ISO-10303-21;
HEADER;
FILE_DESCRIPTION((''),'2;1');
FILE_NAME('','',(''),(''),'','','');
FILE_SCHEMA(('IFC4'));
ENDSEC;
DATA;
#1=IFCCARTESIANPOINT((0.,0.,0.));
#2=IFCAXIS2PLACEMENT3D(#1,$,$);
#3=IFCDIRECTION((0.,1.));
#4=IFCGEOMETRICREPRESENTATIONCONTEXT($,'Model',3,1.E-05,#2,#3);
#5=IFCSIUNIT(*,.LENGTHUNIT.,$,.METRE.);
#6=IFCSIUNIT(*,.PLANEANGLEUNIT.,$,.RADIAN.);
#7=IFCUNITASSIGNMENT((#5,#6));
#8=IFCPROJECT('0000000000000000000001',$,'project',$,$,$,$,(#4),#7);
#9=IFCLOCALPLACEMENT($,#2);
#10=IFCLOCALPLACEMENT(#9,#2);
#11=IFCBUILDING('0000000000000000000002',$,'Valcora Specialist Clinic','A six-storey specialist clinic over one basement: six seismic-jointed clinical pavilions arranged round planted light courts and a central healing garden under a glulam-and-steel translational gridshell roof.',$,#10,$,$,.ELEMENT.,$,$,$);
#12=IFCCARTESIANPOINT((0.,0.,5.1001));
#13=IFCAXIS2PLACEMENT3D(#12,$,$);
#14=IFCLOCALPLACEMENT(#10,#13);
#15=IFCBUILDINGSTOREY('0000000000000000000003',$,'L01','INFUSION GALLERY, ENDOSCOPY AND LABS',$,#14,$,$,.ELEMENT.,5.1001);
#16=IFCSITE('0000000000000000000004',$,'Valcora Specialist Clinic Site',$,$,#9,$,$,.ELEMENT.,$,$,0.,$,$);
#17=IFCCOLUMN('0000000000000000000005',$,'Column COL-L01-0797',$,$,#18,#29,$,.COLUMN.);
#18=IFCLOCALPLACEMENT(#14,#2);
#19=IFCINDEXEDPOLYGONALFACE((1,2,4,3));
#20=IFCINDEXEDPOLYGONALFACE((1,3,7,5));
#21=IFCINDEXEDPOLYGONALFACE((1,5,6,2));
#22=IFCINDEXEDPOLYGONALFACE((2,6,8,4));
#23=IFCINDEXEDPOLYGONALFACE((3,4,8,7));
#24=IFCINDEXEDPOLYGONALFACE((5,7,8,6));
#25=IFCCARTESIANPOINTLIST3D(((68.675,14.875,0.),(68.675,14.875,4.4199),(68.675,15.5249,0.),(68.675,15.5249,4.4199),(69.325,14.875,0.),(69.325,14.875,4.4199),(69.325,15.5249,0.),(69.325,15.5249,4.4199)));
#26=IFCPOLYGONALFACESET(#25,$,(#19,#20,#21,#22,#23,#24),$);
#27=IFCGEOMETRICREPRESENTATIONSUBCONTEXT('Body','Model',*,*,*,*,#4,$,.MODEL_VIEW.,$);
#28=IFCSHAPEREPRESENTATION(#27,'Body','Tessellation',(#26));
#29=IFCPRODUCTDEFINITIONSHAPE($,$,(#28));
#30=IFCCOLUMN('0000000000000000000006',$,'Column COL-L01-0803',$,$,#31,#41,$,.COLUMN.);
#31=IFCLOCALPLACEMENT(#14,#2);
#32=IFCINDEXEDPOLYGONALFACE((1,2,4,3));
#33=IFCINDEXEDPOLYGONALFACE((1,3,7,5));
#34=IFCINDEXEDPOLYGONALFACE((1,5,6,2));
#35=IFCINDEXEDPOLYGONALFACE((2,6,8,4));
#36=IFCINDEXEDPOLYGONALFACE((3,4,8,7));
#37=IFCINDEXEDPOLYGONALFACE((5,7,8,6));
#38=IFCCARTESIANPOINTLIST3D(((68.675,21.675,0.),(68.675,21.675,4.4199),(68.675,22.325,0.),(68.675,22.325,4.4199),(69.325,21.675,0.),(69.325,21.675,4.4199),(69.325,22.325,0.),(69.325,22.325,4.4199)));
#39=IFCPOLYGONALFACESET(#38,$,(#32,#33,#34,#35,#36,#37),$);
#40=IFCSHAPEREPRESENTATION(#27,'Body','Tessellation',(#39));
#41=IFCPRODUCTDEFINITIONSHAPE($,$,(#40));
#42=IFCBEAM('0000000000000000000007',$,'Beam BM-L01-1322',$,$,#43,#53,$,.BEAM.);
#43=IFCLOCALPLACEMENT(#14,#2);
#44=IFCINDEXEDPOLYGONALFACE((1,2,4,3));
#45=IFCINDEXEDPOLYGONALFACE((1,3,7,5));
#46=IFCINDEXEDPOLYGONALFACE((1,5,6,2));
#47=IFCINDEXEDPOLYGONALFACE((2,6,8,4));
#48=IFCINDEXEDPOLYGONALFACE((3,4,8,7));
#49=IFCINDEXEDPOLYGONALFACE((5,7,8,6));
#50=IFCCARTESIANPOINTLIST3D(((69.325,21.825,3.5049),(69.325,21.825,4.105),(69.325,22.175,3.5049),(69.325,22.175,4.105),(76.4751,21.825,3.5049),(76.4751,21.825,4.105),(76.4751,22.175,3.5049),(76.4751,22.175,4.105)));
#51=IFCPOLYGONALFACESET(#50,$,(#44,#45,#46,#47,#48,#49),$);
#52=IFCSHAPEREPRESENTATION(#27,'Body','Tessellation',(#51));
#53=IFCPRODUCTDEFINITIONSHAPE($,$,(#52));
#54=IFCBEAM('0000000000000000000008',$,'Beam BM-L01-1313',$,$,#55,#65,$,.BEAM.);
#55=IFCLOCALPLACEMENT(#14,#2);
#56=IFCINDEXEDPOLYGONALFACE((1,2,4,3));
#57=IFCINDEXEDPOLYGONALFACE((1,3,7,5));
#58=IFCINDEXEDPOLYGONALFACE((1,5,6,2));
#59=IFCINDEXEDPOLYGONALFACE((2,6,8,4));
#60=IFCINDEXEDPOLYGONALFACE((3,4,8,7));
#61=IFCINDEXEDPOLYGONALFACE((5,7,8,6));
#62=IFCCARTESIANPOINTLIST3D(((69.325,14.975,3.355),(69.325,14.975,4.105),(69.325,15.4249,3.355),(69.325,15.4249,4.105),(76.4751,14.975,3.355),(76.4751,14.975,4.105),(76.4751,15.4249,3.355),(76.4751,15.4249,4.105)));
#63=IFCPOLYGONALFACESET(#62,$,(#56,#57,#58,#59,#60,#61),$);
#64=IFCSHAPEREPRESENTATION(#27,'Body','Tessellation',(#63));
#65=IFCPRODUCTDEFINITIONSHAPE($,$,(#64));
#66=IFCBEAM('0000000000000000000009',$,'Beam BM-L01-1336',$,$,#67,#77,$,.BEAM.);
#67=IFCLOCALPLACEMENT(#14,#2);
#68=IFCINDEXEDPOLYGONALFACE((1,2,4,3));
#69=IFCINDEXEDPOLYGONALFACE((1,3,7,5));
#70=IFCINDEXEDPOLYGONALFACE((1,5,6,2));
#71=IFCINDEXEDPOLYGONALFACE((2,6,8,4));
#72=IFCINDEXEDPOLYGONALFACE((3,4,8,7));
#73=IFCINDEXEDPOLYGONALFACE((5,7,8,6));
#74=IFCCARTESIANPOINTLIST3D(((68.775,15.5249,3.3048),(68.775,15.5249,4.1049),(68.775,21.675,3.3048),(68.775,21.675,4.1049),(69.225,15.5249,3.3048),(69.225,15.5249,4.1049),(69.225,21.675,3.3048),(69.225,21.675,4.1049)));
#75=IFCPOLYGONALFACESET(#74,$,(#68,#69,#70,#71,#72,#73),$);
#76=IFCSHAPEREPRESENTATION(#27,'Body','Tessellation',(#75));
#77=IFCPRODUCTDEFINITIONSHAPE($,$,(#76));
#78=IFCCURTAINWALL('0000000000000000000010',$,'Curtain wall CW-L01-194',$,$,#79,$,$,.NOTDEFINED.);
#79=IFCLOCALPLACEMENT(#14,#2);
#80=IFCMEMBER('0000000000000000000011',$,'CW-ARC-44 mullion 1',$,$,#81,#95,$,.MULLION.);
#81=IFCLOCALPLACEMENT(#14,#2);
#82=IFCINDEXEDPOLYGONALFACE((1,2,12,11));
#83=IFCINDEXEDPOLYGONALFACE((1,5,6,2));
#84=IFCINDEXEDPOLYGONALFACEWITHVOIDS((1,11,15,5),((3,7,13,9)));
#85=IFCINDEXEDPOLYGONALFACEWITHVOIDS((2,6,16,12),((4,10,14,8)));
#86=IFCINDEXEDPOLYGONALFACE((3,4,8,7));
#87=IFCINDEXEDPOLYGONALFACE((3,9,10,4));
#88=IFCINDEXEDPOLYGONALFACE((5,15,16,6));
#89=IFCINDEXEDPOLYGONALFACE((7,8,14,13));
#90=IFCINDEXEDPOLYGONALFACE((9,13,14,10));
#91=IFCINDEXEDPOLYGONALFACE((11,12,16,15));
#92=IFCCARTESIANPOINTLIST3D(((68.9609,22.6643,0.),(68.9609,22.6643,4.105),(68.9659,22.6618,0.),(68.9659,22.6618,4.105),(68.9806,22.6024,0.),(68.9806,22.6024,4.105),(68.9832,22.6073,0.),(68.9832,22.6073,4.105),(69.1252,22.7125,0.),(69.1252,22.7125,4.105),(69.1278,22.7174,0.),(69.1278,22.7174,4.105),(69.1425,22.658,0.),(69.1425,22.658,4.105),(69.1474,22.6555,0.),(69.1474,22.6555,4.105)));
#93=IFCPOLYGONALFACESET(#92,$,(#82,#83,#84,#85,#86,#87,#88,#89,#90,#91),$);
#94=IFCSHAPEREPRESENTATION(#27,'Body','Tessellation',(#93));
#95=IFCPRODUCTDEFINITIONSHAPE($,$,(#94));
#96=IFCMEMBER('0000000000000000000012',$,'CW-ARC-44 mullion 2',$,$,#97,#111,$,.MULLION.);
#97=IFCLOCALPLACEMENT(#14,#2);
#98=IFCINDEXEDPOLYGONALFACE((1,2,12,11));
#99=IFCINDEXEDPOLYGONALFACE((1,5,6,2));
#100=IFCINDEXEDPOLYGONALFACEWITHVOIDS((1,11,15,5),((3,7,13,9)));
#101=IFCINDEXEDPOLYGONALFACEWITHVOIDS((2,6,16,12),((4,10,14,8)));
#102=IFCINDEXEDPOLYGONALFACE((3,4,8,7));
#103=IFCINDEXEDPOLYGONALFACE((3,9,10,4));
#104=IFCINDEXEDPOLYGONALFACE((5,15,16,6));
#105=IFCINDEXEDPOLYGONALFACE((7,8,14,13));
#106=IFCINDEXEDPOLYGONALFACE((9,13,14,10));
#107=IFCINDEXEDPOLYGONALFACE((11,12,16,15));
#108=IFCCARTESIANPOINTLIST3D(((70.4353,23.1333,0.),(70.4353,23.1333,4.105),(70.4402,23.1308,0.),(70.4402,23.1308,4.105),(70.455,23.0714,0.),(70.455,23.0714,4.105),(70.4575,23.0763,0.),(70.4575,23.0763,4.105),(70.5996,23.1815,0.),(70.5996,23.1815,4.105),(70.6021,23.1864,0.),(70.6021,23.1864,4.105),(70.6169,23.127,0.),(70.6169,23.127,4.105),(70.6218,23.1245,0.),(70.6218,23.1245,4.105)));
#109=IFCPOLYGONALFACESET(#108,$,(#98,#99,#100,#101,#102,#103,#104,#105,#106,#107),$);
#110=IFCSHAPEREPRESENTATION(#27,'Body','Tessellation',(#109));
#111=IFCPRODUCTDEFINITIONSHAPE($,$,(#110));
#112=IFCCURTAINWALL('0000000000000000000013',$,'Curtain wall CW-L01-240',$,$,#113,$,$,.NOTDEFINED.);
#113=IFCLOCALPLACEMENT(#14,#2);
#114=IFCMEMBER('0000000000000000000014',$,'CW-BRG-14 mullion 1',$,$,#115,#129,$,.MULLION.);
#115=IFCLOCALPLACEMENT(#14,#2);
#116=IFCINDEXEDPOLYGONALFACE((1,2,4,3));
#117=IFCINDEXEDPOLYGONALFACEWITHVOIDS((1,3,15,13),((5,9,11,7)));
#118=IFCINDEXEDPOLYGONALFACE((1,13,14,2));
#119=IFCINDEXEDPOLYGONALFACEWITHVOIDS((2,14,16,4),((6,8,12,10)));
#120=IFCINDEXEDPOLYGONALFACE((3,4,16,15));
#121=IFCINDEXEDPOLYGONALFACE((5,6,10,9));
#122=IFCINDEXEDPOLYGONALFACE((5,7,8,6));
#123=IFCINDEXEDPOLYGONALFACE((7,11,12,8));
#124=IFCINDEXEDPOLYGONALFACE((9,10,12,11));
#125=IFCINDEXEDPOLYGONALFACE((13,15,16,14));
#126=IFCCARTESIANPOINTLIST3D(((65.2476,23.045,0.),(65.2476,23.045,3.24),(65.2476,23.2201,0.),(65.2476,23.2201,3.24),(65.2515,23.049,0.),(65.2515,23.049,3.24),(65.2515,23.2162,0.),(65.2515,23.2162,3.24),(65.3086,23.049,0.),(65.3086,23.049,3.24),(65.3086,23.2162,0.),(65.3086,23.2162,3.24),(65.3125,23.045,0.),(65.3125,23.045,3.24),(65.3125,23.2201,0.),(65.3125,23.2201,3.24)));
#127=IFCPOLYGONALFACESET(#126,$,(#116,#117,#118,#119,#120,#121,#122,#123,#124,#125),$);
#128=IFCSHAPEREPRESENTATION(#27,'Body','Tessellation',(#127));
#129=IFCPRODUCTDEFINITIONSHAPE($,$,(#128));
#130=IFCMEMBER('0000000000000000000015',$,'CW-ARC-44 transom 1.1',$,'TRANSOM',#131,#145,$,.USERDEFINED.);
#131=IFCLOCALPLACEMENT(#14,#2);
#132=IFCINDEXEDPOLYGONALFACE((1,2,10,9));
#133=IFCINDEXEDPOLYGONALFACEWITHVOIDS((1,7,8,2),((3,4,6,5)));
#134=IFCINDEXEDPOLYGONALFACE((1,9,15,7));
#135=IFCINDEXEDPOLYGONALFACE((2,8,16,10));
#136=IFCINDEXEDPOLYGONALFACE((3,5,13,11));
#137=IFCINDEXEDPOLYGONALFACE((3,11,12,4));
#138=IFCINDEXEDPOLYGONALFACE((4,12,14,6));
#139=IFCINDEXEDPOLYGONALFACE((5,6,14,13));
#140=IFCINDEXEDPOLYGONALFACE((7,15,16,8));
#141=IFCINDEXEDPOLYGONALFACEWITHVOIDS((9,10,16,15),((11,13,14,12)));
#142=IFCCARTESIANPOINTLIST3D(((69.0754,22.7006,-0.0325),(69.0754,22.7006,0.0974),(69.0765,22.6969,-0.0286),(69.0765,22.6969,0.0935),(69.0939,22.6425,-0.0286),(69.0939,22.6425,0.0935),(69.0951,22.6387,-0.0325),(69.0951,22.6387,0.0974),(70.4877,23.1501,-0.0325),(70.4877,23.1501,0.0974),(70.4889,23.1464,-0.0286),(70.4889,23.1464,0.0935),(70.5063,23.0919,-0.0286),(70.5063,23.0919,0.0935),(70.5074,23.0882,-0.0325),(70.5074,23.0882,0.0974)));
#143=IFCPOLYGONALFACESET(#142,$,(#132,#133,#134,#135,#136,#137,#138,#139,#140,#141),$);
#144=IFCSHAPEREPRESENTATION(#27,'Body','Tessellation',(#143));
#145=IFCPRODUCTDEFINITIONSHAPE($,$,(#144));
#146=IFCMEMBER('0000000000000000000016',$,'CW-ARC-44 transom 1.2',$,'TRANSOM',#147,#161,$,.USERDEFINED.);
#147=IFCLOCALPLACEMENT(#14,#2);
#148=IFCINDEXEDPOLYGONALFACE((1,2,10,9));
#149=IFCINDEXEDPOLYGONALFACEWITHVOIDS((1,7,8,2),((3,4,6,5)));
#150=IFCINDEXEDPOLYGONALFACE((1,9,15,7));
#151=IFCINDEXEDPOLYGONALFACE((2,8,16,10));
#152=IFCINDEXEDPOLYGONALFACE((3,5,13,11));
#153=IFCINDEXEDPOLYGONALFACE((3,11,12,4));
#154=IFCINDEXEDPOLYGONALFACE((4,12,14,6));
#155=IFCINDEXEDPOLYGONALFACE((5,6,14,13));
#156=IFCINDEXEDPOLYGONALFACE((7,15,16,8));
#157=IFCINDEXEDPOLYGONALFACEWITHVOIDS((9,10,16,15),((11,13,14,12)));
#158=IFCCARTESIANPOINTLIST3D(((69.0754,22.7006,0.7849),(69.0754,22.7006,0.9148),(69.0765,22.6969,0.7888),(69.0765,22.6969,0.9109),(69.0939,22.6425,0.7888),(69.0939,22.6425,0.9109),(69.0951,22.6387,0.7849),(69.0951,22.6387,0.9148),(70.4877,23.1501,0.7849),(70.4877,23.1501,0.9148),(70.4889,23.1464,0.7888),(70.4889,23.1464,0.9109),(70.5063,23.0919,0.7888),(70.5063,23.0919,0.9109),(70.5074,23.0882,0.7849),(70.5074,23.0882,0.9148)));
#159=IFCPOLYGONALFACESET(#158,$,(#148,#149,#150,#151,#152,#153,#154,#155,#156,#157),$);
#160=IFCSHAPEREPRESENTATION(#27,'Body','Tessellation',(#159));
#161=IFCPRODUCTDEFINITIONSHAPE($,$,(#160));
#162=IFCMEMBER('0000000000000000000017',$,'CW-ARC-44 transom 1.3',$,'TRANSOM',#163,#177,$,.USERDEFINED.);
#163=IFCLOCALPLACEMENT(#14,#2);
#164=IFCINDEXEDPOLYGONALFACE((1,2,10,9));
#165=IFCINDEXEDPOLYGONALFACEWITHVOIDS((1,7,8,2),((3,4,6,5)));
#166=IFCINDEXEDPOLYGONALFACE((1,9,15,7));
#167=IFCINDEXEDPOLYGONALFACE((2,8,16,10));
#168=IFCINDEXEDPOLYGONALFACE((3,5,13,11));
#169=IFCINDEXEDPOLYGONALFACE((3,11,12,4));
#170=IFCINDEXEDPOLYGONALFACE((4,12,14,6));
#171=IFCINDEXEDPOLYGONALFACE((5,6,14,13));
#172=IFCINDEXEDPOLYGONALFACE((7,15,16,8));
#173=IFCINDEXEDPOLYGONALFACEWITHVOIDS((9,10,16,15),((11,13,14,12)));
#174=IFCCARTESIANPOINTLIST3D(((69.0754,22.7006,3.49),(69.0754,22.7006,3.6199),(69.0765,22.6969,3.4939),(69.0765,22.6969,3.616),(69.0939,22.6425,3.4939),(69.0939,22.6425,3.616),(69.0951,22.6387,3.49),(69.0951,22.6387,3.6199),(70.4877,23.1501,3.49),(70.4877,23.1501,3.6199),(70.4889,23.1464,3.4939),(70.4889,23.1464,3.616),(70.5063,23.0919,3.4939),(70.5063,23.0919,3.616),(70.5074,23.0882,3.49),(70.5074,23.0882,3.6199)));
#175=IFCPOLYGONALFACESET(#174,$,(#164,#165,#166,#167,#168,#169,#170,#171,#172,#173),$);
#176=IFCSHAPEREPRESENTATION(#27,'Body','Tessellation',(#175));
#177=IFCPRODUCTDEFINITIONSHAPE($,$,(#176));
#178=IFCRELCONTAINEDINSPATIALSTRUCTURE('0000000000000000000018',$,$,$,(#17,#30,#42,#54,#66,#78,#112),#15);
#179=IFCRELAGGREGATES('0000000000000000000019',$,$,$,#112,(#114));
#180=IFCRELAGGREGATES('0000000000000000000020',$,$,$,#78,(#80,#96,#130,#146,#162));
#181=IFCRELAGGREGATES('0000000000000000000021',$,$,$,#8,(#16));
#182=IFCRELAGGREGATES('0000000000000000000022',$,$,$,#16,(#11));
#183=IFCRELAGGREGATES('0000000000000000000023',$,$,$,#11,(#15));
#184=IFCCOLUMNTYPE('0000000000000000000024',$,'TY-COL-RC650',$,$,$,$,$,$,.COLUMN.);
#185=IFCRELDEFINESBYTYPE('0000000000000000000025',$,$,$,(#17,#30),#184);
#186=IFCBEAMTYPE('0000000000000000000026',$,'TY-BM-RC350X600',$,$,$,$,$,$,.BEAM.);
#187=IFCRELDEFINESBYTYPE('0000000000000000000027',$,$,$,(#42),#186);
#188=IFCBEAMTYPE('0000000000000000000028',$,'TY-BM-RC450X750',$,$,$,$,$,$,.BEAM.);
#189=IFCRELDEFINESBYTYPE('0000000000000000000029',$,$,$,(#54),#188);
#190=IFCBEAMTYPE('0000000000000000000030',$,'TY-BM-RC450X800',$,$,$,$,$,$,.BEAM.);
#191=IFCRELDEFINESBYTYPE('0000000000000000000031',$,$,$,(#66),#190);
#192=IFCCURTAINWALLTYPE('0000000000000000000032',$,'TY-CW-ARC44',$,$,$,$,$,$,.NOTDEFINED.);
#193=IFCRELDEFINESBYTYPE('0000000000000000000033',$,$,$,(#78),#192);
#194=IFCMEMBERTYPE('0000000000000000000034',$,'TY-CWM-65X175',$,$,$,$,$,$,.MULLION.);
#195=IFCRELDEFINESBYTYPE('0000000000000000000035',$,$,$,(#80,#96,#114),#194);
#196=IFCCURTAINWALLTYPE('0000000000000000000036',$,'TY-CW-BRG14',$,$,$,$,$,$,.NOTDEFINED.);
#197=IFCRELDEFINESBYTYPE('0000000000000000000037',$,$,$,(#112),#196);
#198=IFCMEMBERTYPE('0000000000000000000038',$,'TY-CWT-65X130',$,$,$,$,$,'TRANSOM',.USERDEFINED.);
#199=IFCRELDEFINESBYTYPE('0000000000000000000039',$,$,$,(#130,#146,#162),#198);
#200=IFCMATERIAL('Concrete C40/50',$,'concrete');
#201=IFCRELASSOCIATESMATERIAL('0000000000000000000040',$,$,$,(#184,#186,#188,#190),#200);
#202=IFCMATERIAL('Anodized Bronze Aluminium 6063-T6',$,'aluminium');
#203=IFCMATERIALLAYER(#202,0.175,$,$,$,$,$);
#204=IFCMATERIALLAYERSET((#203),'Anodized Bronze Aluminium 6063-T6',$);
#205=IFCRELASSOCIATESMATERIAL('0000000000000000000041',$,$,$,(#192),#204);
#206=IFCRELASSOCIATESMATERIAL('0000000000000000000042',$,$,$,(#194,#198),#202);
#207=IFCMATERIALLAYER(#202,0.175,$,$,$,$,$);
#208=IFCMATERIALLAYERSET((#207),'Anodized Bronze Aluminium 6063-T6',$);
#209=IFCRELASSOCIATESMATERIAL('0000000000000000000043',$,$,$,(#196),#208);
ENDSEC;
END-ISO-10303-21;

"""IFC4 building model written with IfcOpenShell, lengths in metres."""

from ifc_helpers import new_model, si_unit, direction, frame, origin, origin_2d, place, context, subcontext, project, spatial, rectangle, hollow_rectangle, extrude, material, layer, layer_set, material_profile, profile_set, type_object, element, aggregate, save


model = new_model("IFC4")

# Units and contexts
model_context = context("Model", 3, precision=1e-05, world=origin(), true_north=direction((0.0, 1.0)))
body_context = subcontext(model_context, "Body", "Model", "MODEL_VIEW")
ifc_project = project(units=[si_unit("LENGTHUNIT", "METRE"), si_unit("PLANEANGLEUNIT", "RADIAN")], contexts=[model_context])

# Site, building, storey
site_placement = place(None, origin())
site = spatial("IfcSite", under=ifc_project, at=site_placement, Name="Valcora Specialist Clinic Site", CompositionType="ELEMENT", RefElevation=0.0)
building_placement = place(site_placement, origin())
building = spatial("IfcBuilding", under=site, at=building_placement, Name="Valcora Specialist Clinic", Description="A six-storey specialist clinic over one basement: six seismic-jointed clinical pavilions arranged round planted light courts and a central healing garden under a glulam-and-steel translational gridshell roof.", CompositionType="ELEMENT")
storey_placement = place(building_placement, frame((0.0, 0.0, 5.1001)))
storey = spatial("IfcBuildingStorey", under=building, at=storey_placement, Name="L01", Description="INFUSION GALLERY, ENDOSCOPY AND LABS", CompositionType="ELEMENT", Elevation=5.1001)

# Columns
ifc_material_1 = material(Name="Concrete C40/50", Category="concrete")
ifc_material_profile_1 = material_profile(ifc_material_1, rectangle(XDim=0.6499, YDim=0.6499, at=origin_2d()), Name="RC-COL-650X650")
ifc_profile_set_1 = profile_set([ifc_material_profile_1], Name="Concrete C40/50")
column_type = type_object("IfcColumnType", Name="TY-COL-RC650", PredefinedType="COLUMN", material=ifc_profile_set_1)
for number, where, z_axis, x_axis, name in (
    (1, (69.0, 15.2, 0.0), (0.0, 0.0, 1.0), (1.0, 0.0, 0.0), "Column COL-L01-0797"),
    (2, (69.0, 22.0, 0.0), (0.0, 0.0, 1.0), (1.0, 0.0, 0.0), "Column COL-L01-0803"),
):
    element("IfcColumn", number, at=place(storey_placement, frame(where, z_axis=z_axis, x_axis=x_axis)), inside=storey, type_object=column_type, Name=name, PredefinedType="COLUMN", context=body_context, shape_type="SweptSolid", body=[
        extrude(rectangle(XDim=0.6499, YDim=0.6499, at=origin_2d()), origin(), (0.0, 0.0, 1.0), 4.4199),
    ])

# Beams
ifc_material_profile_2 = material_profile(ifc_material_1, rectangle(XDim=0.3501, YDim=0.6001, at=origin_2d()), Name="RC-BM-350X600")
ifc_profile_set_2 = profile_set([ifc_material_profile_2], Name="Concrete C40/50")
beam_type_1 = type_object("IfcBeamType", Name="TY-BM-RC350X600", PredefinedType="BEAM", material=ifc_profile_set_2)
beam_1_placement = place(storey_placement, frame((69.325, 22.0, 3.8049), z_axis=(1.0, 0.0, 0.0), x_axis=(0.0, 1.0, 0.0)))
element("IfcBeam", 3, at=beam_1_placement, inside=storey, type_object=beam_type_1, Name="Beam BM-L01-1322", PredefinedType="BEAM", context=body_context, shape_type="SweptSolid", body=[
    extrude(rectangle(XDim=0.3501, YDim=0.6001, at=origin_2d()), origin(), (0.0, 0.0, 1.0), 7.1501),
])
ifc_material_profile_3 = material_profile(ifc_material_1, rectangle(XDim=0.45, YDim=0.75, at=origin_2d()), Name="RC-BM-450X750")
ifc_profile_set_3 = profile_set([ifc_material_profile_3], Name="Concrete C40/50")
beam_type_2 = type_object("IfcBeamType", Name="TY-BM-RC450X750", PredefinedType="BEAM", material=ifc_profile_set_3)
beam_2_placement = place(storey_placement, frame((69.325, 15.2, 3.73), z_axis=(1.0, 0.0, 0.0), x_axis=(0.0, 1.0, 0.0)))
element("IfcBeam", 4, at=beam_2_placement, inside=storey, type_object=beam_type_2, Name="Beam BM-L01-1313", PredefinedType="BEAM", context=body_context, shape_type="SweptSolid", body=[
    extrude(rectangle(XDim=0.45, YDim=0.75, at=origin_2d()), origin(), (0.0, 0.0, 1.0), 7.1501),
])
ifc_material_profile_4 = material_profile(ifc_material_1, rectangle(XDim=0.45, YDim=0.8, at=origin_2d()), Name="RC-BM-450X800")
ifc_profile_set_4 = profile_set([ifc_material_profile_4], Name="Concrete C40/50")
beam_type_3 = type_object("IfcBeamType", Name="TY-BM-RC450X800", PredefinedType="BEAM", material=ifc_profile_set_4)
beam_3_placement = place(storey_placement, frame((69.0, 15.5249, 3.7048), z_axis=(0.0, 1.0, 0.0), x_axis=(-1.0, 0.0, 0.0)))
element("IfcBeam", 5, at=beam_3_placement, inside=storey, type_object=beam_type_3, Name="Beam BM-L01-1336", PredefinedType="BEAM", context=body_context, shape_type="SweptSolid", body=[
    extrude(rectangle(XDim=0.45, YDim=0.8, at=origin_2d()), origin(), (0.0, 0.0, 1.0), 6.1501),
])

# Curtain wall, members
ifc_material_2 = material(Name="Anodized Bronze Aluminium 6063-T6", Category="aluminium")
ifc_layer_1 = layer(ifc_material_2, 0.175)
ifc_layer_set_1 = layer_set([ifc_layer_1], Name="Anodized Bronze Aluminium 6063-T6")
curtain_wall_type_1 = type_object("IfcCurtainWallType", Name="TY-CW-ARC44", PredefinedType="NOTDEFINED", material=ifc_layer_set_1)
curtain_wall_1_placement = place(storey_placement, origin())
curtain_wall_1 = element("IfcCurtainWall", 6, at=curtain_wall_1_placement, inside=storey, type_object=curtain_wall_type_1, Name="Curtain wall CW-L01-194", PredefinedType="NOTDEFINED")
ifc_material_profile_5 = material_profile(ifc_material_2, hollow_rectangle(XDim=0.0649, YDim=0.175, WallThickness=0.0039, at=origin_2d()), Name="AL-MUL-65X175")
ifc_profile_set_5 = profile_set([ifc_material_profile_5], Name="Anodized Bronze Aluminium 6063-T6")
member_type_1 = type_object("IfcMemberType", Name="TY-CWM-65X175", PredefinedType="MULLION", material=ifc_profile_set_5)
member_1_placement = place(storey_placement, frame((69.0542, 22.6599, 0.0), z_axis=(0.0, 0.0, 1.0), x_axis=(-0.303233, 0.952916, 0.0)))
member_1 = element("IfcMember", 7, at=member_1_placement, type_object=member_type_1, Name="CW-ARC-44 mullion 1", PredefinedType="MULLION", context=body_context, shape_type="SweptSolid", body=[
    extrude(hollow_rectangle(XDim=0.0649, YDim=0.175, WallThickness=0.0039, at=origin_2d()), origin(), (0.0, 0.0, 1.0), 4.105),
])
member_2_placement = place(storey_placement, frame((70.5286, 23.1289, 0.0), z_axis=(0.0, 0.0, 1.0), x_axis=(-0.303233, 0.952916, 0.0)))
member_2 = element("IfcMember", 8, at=member_2_placement, type_object=member_type_1, Name="CW-ARC-44 mullion 2", PredefinedType="MULLION", context=body_context, shape_type="SweptSolid", body=[
    extrude(hollow_rectangle(XDim=0.0649, YDim=0.175, WallThickness=0.0039, at=origin_2d()), origin(), (0.0, 0.0, 1.0), 4.105),
])

# Curtain wall, member
ifc_layer_2 = layer(ifc_material_2, 0.175)
ifc_layer_set_2 = layer_set([ifc_layer_2], Name="Anodized Bronze Aluminium 6063-T6")
curtain_wall_type_2 = type_object("IfcCurtainWallType", Name="TY-CW-BRG14", PredefinedType="NOTDEFINED", material=ifc_layer_set_2)
curtain_wall_2_placement = place(storey_placement, origin())
curtain_wall_2 = element("IfcCurtainWall", 9, at=curtain_wall_2_placement, inside=storey, type_object=curtain_wall_type_2, Name="Curtain wall CW-L01-240", PredefinedType="NOTDEFINED")
member_3_placement = place(storey_placement, frame((65.28, 23.1326, 0.0), z_axis=(0.0, 0.0, 1.0), x_axis=(-1.0, 0.0, 0.0)))
member_3 = element("IfcMember", 10, at=member_3_placement, type_object=member_type_1, Name="CW-BRG-14 mullion 1", PredefinedType="MULLION", context=body_context, shape_type="SweptSolid", body=[
    extrude(hollow_rectangle(XDim=0.0649, YDim=0.175, WallThickness=0.0039, at=origin_2d()), origin(), (0.0, 0.0, 1.0), 3.24),
])
aggregate(curtain_wall_2, [member_3])

# Members
ifc_material_profile_6 = material_profile(ifc_material_2, hollow_rectangle(XDim=0.0649, YDim=0.1299, WallThickness=0.0039, at=origin_2d()), Name="AL-TRN-65X130")
ifc_profile_set_6 = profile_set([ifc_material_profile_6], Name="Anodized Bronze Aluminium 6063-T6")
member_type_2 = type_object("IfcMemberType", Name="TY-CWT-65X130", ElementType="TRANSOM", PredefinedType="USERDEFINED", material=ifc_profile_set_6)
member_4_placement = place(storey_placement, frame((69.0852, 22.6697, 0.0325), z_axis=(0.952911, 0.303251, 0.0), x_axis=(-0.303251, 0.952911, 0.0)))
member_4 = element("IfcMember", 11, at=member_4_placement, type_object=member_type_2, Name="CW-ARC-44 transom 1.1", ObjectType="TRANSOM", PredefinedType="USERDEFINED", context=body_context, shape_type="SweptSolid", body=[
    extrude(hollow_rectangle(XDim=0.0649, YDim=0.1299, WallThickness=0.0039, at=origin_2d()), origin(), (0.0, 0.0, 1.0), 1.4822),
])
member_5_placement = place(storey_placement, frame((69.0852, 22.6697, 0.8499), z_axis=(0.952911, 0.303251, 0.0), x_axis=(-0.303251, 0.952911, 0.0)))
member_5 = element("IfcMember", 12, at=member_5_placement, type_object=member_type_2, Name="CW-ARC-44 transom 1.2", ObjectType="TRANSOM", PredefinedType="USERDEFINED", context=body_context, shape_type="SweptSolid", body=[
    extrude(hollow_rectangle(XDim=0.0649, YDim=0.1299, WallThickness=0.0039, at=origin_2d()), origin(), (0.0, 0.0, 1.0), 1.4822),
])
member_6_placement = place(storey_placement, frame((69.0852, 22.6697, 3.5549), z_axis=(0.952911, 0.303251, 0.0), x_axis=(-0.303251, 0.952911, 0.0)))
member_6 = element("IfcMember", 13, at=member_6_placement, type_object=member_type_2, Name="CW-ARC-44 transom 1.3", ObjectType="TRANSOM", PredefinedType="USERDEFINED", context=body_context, shape_type="SweptSolid", body=[
    extrude(hollow_rectangle(XDim=0.0649, YDim=0.1299, WallThickness=0.0039, at=origin_2d()), origin(), (0.0, 0.0, 1.0), 1.4822),
])

aggregate(curtain_wall_1, [member_1, member_2, member_4, member_5, member_6])

save(model, "model.ifc")
